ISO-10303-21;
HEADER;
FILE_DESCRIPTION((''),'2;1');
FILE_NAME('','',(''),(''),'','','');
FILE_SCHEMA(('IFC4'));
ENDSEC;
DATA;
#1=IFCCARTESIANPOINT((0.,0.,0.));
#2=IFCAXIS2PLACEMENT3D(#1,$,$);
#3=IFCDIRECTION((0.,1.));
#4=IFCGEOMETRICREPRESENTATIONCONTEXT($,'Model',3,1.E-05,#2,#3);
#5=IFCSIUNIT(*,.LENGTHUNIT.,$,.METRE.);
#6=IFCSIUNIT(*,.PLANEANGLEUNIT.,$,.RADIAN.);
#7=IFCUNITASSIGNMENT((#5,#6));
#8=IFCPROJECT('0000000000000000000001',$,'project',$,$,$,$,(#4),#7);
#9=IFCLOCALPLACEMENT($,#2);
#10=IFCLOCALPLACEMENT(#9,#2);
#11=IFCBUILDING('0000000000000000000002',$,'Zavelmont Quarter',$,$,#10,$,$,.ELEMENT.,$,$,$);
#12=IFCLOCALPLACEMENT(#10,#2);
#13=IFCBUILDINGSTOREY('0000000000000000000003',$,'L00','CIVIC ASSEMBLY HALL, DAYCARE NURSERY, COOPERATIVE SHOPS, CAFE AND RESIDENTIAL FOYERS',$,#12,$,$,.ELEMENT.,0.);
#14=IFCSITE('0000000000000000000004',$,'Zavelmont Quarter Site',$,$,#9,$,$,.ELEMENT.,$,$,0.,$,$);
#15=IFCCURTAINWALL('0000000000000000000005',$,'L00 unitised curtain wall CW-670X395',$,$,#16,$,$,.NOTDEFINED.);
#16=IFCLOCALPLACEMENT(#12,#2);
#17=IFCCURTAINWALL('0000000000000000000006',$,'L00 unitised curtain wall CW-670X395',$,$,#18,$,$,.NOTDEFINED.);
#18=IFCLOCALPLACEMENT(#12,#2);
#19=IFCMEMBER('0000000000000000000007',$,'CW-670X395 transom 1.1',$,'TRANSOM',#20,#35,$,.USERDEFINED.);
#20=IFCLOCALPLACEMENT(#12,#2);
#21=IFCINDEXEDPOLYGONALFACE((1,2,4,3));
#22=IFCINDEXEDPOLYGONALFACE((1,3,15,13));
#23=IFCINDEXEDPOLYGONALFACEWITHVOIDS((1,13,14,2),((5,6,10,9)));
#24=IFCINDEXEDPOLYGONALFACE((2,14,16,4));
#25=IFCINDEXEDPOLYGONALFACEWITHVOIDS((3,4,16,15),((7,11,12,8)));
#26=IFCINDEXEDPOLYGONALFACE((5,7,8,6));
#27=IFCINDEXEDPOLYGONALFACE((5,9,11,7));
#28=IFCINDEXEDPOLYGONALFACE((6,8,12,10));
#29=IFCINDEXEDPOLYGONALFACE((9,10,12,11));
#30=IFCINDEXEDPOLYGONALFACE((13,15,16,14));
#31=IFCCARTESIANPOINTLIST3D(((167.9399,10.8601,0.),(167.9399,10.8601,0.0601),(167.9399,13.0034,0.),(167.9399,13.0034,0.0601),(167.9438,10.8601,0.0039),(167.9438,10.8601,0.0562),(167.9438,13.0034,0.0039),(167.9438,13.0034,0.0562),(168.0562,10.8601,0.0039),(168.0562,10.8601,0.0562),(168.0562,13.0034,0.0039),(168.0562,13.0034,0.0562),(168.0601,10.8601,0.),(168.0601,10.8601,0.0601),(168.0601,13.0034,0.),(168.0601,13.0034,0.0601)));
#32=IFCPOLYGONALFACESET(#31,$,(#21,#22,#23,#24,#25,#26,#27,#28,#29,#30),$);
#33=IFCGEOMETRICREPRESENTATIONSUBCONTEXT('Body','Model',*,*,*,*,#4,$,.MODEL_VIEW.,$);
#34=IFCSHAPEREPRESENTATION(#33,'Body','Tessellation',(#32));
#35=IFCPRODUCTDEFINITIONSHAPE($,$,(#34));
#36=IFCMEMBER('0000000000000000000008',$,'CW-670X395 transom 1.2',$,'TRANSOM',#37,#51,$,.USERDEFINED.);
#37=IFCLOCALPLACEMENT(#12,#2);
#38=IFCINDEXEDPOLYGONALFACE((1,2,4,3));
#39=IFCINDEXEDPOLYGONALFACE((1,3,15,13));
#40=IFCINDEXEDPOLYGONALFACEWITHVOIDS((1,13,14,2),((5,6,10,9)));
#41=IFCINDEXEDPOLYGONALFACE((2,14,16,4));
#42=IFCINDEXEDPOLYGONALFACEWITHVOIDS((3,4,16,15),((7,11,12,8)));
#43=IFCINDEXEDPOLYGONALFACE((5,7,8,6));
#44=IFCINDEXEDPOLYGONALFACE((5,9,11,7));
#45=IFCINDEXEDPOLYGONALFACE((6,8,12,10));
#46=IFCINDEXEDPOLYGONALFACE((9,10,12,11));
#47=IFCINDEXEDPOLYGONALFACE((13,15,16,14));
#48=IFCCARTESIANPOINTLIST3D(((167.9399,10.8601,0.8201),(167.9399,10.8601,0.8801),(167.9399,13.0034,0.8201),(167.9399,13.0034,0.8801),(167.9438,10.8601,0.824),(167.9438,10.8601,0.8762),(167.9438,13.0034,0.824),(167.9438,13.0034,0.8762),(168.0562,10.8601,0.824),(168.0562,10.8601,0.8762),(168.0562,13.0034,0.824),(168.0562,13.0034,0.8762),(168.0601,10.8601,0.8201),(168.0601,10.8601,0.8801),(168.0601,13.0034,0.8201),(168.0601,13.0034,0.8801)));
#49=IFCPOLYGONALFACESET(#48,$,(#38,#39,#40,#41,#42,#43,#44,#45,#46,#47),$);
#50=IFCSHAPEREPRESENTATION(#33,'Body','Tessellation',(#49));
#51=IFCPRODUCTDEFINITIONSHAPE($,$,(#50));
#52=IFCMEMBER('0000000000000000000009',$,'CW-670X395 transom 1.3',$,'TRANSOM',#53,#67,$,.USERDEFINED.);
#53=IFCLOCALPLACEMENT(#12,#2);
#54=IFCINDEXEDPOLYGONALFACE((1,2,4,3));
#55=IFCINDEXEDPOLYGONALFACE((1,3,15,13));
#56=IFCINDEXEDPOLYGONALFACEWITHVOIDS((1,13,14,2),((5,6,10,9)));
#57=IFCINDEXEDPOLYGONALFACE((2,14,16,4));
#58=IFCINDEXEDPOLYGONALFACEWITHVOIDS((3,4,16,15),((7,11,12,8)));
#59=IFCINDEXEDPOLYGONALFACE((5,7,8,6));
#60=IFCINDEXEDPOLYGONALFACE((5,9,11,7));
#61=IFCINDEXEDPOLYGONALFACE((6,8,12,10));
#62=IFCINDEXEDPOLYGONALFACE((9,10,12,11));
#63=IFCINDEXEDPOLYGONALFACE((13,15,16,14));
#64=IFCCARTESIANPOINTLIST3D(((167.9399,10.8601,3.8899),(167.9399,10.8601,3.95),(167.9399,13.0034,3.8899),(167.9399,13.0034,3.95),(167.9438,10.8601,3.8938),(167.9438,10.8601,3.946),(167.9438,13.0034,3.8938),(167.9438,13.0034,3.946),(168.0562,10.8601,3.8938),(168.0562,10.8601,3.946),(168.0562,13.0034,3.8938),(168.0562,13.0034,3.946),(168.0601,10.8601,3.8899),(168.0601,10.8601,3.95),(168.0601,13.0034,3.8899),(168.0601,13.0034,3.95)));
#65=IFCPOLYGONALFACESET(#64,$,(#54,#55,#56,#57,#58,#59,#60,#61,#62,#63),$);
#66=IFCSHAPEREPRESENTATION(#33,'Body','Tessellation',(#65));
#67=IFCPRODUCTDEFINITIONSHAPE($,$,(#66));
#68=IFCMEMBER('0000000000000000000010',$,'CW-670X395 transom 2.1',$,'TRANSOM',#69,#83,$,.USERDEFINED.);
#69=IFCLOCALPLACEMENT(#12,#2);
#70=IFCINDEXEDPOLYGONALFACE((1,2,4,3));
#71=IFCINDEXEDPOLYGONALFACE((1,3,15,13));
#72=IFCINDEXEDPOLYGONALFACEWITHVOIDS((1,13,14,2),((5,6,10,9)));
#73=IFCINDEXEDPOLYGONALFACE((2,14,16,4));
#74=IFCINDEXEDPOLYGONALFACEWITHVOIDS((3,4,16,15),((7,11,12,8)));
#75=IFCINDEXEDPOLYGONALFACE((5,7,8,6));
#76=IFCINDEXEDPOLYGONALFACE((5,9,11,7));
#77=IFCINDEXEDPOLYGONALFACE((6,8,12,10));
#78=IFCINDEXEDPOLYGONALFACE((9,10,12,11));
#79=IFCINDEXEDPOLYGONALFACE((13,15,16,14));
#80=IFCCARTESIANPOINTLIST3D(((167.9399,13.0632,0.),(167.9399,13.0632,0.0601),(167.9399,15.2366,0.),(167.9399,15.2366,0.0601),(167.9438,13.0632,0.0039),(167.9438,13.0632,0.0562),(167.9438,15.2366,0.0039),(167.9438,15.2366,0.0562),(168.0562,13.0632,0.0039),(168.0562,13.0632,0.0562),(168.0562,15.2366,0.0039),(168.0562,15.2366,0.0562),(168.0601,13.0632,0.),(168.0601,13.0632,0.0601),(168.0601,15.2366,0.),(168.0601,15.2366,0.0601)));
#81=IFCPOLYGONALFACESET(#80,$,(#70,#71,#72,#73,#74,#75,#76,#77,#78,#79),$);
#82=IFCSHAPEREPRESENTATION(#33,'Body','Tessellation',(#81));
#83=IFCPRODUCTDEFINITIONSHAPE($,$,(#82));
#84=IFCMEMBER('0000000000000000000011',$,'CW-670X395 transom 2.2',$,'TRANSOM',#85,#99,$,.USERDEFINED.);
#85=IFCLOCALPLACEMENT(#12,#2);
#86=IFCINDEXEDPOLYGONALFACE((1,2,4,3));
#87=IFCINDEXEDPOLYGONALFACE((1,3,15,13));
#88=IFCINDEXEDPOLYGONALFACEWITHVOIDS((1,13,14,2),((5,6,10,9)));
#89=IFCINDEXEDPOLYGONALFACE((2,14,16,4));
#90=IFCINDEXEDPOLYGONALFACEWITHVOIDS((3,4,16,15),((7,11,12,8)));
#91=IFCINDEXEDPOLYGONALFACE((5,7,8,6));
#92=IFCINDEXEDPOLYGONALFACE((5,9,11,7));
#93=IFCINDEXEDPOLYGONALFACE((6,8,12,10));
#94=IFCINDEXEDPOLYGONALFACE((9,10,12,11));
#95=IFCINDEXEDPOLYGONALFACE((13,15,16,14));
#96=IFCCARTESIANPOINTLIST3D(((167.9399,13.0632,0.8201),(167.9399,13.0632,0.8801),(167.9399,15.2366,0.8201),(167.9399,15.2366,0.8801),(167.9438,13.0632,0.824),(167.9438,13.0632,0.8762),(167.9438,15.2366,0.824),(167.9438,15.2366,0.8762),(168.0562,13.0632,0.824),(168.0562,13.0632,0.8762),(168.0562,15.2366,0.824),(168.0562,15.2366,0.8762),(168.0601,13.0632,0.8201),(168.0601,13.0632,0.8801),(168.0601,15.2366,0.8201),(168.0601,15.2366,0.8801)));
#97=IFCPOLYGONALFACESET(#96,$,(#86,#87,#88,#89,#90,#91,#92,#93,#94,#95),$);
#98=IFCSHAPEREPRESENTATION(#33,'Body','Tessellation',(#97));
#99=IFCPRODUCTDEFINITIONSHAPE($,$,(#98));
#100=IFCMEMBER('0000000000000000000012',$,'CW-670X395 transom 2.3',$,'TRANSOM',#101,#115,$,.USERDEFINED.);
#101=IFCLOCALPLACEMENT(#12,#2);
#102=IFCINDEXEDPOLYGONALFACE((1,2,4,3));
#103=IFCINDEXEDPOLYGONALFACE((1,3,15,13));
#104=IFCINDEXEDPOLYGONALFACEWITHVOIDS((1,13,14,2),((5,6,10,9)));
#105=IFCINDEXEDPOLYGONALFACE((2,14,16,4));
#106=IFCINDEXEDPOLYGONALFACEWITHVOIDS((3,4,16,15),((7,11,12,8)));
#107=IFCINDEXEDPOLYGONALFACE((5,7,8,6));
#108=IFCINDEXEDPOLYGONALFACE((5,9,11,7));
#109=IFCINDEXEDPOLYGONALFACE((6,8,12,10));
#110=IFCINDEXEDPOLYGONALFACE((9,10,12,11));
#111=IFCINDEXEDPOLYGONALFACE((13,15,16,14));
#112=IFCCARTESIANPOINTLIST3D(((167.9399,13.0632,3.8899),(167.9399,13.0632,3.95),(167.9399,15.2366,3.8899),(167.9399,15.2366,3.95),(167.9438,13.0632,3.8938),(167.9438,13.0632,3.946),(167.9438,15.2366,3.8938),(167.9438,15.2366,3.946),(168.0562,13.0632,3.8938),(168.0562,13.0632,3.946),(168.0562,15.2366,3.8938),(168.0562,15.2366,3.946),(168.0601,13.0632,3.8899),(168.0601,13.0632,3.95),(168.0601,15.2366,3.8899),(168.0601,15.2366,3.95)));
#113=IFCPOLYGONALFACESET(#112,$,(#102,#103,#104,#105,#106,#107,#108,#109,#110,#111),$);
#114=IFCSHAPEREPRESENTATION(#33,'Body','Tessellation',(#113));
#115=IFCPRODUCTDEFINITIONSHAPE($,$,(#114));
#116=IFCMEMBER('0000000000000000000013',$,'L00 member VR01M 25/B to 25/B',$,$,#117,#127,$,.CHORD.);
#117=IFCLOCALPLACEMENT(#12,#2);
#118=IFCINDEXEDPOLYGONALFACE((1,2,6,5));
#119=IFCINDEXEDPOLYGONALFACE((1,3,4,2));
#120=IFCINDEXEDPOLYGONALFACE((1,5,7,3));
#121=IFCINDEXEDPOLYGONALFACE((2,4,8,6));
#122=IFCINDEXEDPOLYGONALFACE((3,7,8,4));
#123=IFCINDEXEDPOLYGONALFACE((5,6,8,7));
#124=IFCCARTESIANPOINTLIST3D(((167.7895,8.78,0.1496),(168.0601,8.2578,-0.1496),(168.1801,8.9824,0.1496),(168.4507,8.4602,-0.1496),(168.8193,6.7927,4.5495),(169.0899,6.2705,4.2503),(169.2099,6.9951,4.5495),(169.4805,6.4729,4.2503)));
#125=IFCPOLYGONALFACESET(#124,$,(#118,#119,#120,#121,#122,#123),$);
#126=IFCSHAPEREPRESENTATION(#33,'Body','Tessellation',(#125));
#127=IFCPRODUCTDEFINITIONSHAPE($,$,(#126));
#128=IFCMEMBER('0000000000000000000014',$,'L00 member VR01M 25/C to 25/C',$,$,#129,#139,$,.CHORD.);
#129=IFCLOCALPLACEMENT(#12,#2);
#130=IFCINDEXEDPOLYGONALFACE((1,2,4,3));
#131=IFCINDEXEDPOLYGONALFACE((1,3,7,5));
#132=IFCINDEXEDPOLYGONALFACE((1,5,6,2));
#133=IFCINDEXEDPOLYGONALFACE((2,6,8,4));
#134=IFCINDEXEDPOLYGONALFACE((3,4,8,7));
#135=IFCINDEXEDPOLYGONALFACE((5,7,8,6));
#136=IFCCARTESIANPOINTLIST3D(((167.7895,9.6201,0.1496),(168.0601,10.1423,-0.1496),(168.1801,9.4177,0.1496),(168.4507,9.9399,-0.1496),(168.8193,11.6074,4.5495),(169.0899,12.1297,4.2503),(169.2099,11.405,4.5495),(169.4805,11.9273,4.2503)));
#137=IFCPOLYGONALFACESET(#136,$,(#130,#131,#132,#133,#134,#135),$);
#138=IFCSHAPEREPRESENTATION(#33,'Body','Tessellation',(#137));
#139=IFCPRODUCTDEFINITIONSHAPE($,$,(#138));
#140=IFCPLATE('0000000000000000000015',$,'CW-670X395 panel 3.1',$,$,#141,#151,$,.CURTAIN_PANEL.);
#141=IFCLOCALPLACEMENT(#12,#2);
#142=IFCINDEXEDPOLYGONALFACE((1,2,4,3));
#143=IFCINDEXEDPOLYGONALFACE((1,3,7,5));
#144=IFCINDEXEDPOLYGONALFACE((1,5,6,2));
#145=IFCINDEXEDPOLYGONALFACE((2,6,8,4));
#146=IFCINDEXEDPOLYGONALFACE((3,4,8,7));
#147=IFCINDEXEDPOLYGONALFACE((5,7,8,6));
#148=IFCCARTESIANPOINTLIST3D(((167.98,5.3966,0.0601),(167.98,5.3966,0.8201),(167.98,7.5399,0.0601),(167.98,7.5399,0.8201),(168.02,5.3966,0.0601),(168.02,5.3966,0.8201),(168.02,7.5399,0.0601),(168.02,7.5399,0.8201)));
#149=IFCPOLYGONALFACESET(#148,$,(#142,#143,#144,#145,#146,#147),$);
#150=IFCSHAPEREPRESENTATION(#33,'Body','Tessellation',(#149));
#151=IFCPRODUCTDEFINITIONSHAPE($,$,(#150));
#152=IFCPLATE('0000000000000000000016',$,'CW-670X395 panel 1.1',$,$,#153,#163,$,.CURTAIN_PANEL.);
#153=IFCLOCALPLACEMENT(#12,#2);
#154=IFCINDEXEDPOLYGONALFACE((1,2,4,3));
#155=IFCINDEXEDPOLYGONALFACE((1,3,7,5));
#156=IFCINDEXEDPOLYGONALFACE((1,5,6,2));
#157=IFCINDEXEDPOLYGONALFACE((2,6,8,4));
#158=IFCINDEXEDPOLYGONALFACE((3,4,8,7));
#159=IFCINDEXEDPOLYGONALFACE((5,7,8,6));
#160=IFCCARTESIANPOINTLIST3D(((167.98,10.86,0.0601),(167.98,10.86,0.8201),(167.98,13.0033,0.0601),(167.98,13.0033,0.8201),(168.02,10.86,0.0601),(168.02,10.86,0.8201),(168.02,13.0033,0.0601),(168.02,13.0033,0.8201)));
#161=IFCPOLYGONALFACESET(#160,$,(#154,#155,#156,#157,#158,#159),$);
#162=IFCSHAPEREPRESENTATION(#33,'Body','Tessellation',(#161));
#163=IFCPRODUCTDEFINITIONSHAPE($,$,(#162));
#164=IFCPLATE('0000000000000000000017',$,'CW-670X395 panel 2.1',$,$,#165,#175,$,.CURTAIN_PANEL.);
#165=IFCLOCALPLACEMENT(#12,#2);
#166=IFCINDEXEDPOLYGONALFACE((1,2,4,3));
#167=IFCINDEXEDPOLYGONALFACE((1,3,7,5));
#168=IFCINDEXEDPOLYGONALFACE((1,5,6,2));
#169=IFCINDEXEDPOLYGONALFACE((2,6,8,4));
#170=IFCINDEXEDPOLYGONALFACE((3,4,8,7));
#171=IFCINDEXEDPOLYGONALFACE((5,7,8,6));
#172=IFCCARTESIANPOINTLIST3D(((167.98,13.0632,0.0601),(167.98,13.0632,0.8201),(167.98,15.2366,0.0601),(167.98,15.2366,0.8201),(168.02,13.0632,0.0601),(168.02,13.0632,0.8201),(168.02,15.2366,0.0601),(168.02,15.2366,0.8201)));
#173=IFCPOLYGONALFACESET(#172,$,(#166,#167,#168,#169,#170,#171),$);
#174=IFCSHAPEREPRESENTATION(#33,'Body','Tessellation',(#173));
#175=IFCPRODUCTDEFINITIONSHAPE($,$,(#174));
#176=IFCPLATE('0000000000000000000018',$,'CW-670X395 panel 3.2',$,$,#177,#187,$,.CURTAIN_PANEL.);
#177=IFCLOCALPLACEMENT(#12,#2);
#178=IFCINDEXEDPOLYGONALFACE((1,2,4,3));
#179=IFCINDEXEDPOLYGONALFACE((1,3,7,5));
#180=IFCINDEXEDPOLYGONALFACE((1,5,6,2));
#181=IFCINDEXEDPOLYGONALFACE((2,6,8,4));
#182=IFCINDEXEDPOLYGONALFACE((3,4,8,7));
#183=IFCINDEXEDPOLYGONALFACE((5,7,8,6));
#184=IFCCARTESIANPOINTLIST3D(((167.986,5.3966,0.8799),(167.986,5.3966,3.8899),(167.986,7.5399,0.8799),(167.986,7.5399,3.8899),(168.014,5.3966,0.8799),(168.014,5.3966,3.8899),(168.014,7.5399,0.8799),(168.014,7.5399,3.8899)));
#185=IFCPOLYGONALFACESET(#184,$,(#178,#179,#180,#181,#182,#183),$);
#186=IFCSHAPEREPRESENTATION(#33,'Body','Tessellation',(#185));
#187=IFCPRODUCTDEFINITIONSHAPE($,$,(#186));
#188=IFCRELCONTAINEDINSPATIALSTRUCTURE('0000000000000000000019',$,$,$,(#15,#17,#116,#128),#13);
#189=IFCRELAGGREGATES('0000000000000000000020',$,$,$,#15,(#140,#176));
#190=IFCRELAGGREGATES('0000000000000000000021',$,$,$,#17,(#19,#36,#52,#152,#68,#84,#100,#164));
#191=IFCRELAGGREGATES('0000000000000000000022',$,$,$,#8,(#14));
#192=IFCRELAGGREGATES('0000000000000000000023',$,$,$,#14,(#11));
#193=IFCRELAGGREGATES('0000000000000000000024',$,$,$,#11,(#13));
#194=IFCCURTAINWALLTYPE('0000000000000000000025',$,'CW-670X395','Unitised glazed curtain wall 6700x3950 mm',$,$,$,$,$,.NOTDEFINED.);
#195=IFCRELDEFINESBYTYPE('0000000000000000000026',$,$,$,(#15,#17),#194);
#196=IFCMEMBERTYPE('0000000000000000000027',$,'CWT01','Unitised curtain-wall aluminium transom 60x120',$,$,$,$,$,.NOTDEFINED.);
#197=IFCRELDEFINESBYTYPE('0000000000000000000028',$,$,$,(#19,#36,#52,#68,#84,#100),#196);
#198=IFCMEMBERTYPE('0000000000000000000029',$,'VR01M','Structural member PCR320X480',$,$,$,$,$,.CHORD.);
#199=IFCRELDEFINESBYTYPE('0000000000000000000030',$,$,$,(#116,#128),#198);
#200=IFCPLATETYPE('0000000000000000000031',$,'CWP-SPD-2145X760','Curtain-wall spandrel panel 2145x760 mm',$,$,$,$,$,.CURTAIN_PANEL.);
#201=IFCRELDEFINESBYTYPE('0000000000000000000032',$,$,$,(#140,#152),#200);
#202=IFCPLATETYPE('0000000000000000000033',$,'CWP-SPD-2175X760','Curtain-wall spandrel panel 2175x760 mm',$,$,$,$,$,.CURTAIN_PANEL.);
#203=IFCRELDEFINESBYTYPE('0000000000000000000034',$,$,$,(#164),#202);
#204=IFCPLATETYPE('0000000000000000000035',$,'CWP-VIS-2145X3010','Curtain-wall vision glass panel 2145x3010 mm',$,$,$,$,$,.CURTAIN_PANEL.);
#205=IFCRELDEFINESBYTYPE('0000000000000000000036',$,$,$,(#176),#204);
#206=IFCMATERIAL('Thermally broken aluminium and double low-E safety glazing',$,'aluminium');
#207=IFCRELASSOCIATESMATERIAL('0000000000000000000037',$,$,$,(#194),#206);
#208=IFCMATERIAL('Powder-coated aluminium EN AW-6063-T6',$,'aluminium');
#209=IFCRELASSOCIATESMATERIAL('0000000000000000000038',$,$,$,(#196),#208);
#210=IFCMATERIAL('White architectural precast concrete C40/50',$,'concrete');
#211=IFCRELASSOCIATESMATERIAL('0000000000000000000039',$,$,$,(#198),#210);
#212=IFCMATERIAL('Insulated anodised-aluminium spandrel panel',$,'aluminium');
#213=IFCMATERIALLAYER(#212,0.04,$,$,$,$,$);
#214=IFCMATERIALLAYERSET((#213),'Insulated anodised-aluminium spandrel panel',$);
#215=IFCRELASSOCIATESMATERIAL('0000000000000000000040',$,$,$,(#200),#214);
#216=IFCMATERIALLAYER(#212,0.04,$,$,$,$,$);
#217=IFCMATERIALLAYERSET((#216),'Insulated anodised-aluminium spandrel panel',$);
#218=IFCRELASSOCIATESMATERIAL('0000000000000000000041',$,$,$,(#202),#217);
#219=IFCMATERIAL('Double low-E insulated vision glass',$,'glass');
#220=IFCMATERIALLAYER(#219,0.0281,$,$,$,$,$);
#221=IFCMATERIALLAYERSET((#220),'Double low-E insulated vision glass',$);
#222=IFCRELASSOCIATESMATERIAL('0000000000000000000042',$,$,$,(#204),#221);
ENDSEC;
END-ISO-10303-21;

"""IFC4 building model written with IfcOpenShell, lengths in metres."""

from ifc_helpers import new_model, si_unit, direction, frame, origin, origin_2d, place, context, subcontext, project, spatial, rectangle, hollow_rectangle, extrude, material, layer, layer_set, material_profile, profile_set, type_object, element, aggregate, save


model = new_model("IFC4")

# Units and contexts
model_context = context("Model", 3, precision=1e-05, world=origin(), true_north=direction((0.0, 1.0)))
body_context = subcontext(model_context, "Body", "Model", "MODEL_VIEW")
ifc_project = project(units=[si_unit("LENGTHUNIT", "METRE"), si_unit("PLANEANGLEUNIT", "RADIAN")], contexts=[model_context])

# Site, building, storey
site_placement = place(None, origin())
site = spatial("IfcSite", under=ifc_project, at=site_placement, Name="Zavelmont Quarter Site", CompositionType="ELEMENT", RefElevation=0.0)
building_placement = place(site_placement, origin())
building = spatial("IfcBuilding", under=site, at=building_placement, Name="Zavelmont Quarter", CompositionType="ELEMENT")
storey_placement = place(building_placement, origin())
storey = spatial("IfcBuildingStorey", under=building, at=storey_placement, Name="L00", Description="CIVIC ASSEMBLY HALL, DAYCARE NURSERY, COOPERATIVE SHOPS, CAFE AND RESIDENTIAL FOYERS", CompositionType="ELEMENT", Elevation=0.0)

# Curtain walls
ifc_material_1 = material(Name="Thermally broken aluminium and double low-E safety glazing", Category="aluminium")
curtain_wall_type = type_object("IfcCurtainWallType", Name="CW-670X395", Description="Unitised glazed curtain wall 6700x3950 mm", PredefinedType="NOTDEFINED", material=ifc_material_1)
curtain_wall_1_placement = place(storey_placement, origin())
curtain_wall_1 = element("IfcCurtainWall", 1, at=curtain_wall_1_placement, inside=storey, type_object=curtain_wall_type, Name="L00 unitised curtain wall CW-670X395", PredefinedType="NOTDEFINED")
ifc_material_2 = material(Name="Powder-coated aluminium EN AW-6063-T6", Category="aluminium")
curtain_wall_2_placement = place(storey_placement, origin())
curtain_wall_2 = element("IfcCurtainWall", 2, at=curtain_wall_2_placement, inside=storey, type_object=curtain_wall_type, Name="L00 unitised curtain wall CW-670X395", PredefinedType="NOTDEFINED")

# Members
ifc_material_profile_1 = material_profile(ifc_material_2, hollow_rectangle(XDim=0.1201, YDim=0.0601, WallThickness=0.0039, at=origin_2d()), Name="CWT60X120")
ifc_profile_set_1 = profile_set([ifc_material_profile_1], Name="Powder-coated aluminium EN AW-6063-T6")
member_type_1 = type_object("IfcMemberType", Name="CWT01", Description="Unitised curtain-wall aluminium transom 60x120", PredefinedType="NOTDEFINED", material=ifc_profile_set_1)
member_1_placement = place(storey_placement, frame((168.0, 10.8601, 0.03), z_axis=(0.0, 1.0, 0.0), x_axis=(-1.0, 0.0, 0.0)))
member_1 = element("IfcMember", 3, at=member_1_placement, type_object=member_type_1, Name="CW-670X395 transom 1.1", ObjectType="TRANSOM", PredefinedType="USERDEFINED", context=body_context, shape_type="SweptSolid", body=[
    extrude(hollow_rectangle(XDim=0.1201, YDim=0.0601, WallThickness=0.0039, at=origin_2d()), origin(), (0.0, 0.0, 1.0), 2.1433),
])
member_2_placement = place(storey_placement, frame((168.0, 10.8601, 0.8501), z_axis=(0.0, 1.0, 0.0), x_axis=(-1.0, 0.0, 0.0)))
member_2 = element("IfcMember", 4, at=member_2_placement, type_object=member_type_1, Name="CW-670X395 transom 1.2", ObjectType="TRANSOM", PredefinedType="USERDEFINED", context=body_context, shape_type="SweptSolid", body=[
    extrude(hollow_rectangle(XDim=0.1201, YDim=0.0601, WallThickness=0.0039, at=origin_2d()), origin(), (0.0, 0.0, 1.0), 2.1433),
])
member_3_placement = place(storey_placement, frame((168.0, 10.8601, 3.9199), z_axis=(0.0, 1.0, 0.0), x_axis=(-1.0, 0.0, 0.0)))
member_3 = element("IfcMember", 5, at=member_3_placement, type_object=member_type_1, Name="CW-670X395 transom 1.3", ObjectType="TRANSOM", PredefinedType="USERDEFINED", context=body_context, shape_type="SweptSolid", body=[
    extrude(hollow_rectangle(XDim=0.1201, YDim=0.0601, WallThickness=0.0039, at=origin_2d()), origin(), (0.0, 0.0, 1.0), 2.1433),
])
member_4_placement = place(storey_placement, frame((168.0, 13.0632, 0.03), z_axis=(0.0, 1.0, 0.0), x_axis=(-1.0, 0.0, 0.0)))
member_4 = element("IfcMember", 6, at=member_4_placement, type_object=member_type_1, Name="CW-670X395 transom 2.1", ObjectType="TRANSOM", PredefinedType="USERDEFINED", context=body_context, shape_type="SweptSolid", body=[
    extrude(hollow_rectangle(XDim=0.1201, YDim=0.0601, WallThickness=0.0039, at=origin_2d()), origin(), (0.0, 0.0, 1.0), 2.1733),
])
member_5_placement = place(storey_placement, frame((168.0, 13.0632, 0.8501), z_axis=(0.0, 1.0, 0.0), x_axis=(-1.0, 0.0, 0.0)))
member_5 = element("IfcMember", 7, at=member_5_placement, type_object=member_type_1, Name="CW-670X395 transom 2.2", ObjectType="TRANSOM", PredefinedType="USERDEFINED", context=body_context, shape_type="SweptSolid", body=[
    extrude(hollow_rectangle(XDim=0.1201, YDim=0.0601, WallThickness=0.0039, at=origin_2d()), origin(), (0.0, 0.0, 1.0), 2.1733),
])
member_6_placement = place(storey_placement, frame((168.0, 13.0632, 3.9199), z_axis=(0.0, 1.0, 0.0), x_axis=(-1.0, 0.0, 0.0)))
member_6 = element("IfcMember", 8, at=member_6_placement, type_object=member_type_1, Name="CW-670X395 transom 2.3", ObjectType="TRANSOM", PredefinedType="USERDEFINED", context=body_context, shape_type="SweptSolid", body=[
    extrude(hollow_rectangle(XDim=0.1201, YDim=0.0601, WallThickness=0.0039, at=origin_2d()), origin(), (0.0, 0.0, 1.0), 2.1733),
])

# Members
ifc_material_3 = material(Name="White architectural precast concrete C40/50", Category="concrete")
ifc_material_profile_2 = material_profile(ifc_material_3, rectangle(XDim=0.4399, YDim=0.6599, at=origin_2d()), Name="PCR320X480")
ifc_profile_set_2 = profile_set([ifc_material_profile_2], Name="White architectural precast concrete C40/50")
member_type_2 = type_object("IfcMemberType", Name="VR01M", Description="Structural member PCR320X480", PredefinedType="CHORD", material=ifc_profile_set_2)
for number, where, z_axis, x_axis, name in (
    (9, (168.1201, 8.6201, 0.0), (0.208607, -0.402574, 0.891301), (0.887877, 0.460082, 0.0), "L00 member VR01M 25/B to 25/B"),
    (10, (168.1201, 9.78, 0.0), (0.208607, 0.402574, 0.891301), (-0.887877, 0.460082, 0.0), "L00 member VR01M 25/C to 25/C"),
):
    element("IfcMember", number, at=place(storey_placement, frame(where, z_axis=z_axis, x_axis=x_axis)), inside=storey, type_object=member_type_2, Name=name, PredefinedType="CHORD", context=body_context, shape_type="SweptSolid", body=[
        extrude(rectangle(XDim=0.4399, YDim=0.6599, at=origin_2d()), origin(), (0.0, 0.0, 1.0), 4.9365),
    ])

# Plates
ifc_material_4 = material(Name="Insulated anodised-aluminium spandrel panel", Category="aluminium")
ifc_layer_1 = layer(ifc_material_4, 0.04)
ifc_layer_set_1 = layer_set([ifc_layer_1], Name="Insulated anodised-aluminium spandrel panel")
plate_type_1 = type_object("IfcPlateType", Name="CWP-SPD-2145X760", Description="Curtain-wall spandrel panel 2145x760 mm", PredefinedType="CURTAIN_PANEL", material=ifc_layer_set_1)
plate_1_placement = place(storey_placement, frame((168.0, 6.4683, 0.0601), z_axis=(0.0, 0.0, 1.0), x_axis=(0.0, 1.0, 0.0)))
plate_1 = element("IfcPlate", 11, at=plate_1_placement, type_object=plate_type_1, Name="CW-670X395 panel 3.1", PredefinedType="CURTAIN_PANEL", context=body_context, shape_type="SweptSolid", body=[
    extrude(rectangle(XDim=2.1433, YDim=0.04, at=origin_2d()), origin(), (0.0, 0.0, 1.0), 0.76),
])
plate_2_placement = place(storey_placement, frame((168.0, 11.9316, 0.0601), z_axis=(0.0, 0.0, 1.0), x_axis=(0.0, 1.0, 0.0)))
plate_2 = element("IfcPlate", 12, at=plate_2_placement, type_object=plate_type_1, Name="CW-670X395 panel 1.1", PredefinedType="CURTAIN_PANEL", context=body_context, shape_type="SweptSolid", body=[
    extrude(rectangle(XDim=2.1433, YDim=0.04, at=origin_2d()), origin(), (0.0, 0.0, 1.0), 0.76),
])
ifc_layer_2 = layer(ifc_material_4, 0.04)
ifc_layer_set_2 = layer_set([ifc_layer_2], Name="Insulated anodised-aluminium spandrel panel")
plate_type_2 = type_object("IfcPlateType", Name="CWP-SPD-2175X760", Description="Curtain-wall spandrel panel 2175x760 mm", PredefinedType="CURTAIN_PANEL", material=ifc_layer_set_2)
plate_3_placement = place(storey_placement, frame((168.0, 14.1499, 0.0601), z_axis=(0.0, 0.0, 1.0), x_axis=(0.0, 1.0, 0.0)))
plate_3 = element("IfcPlate", 13, at=plate_3_placement, type_object=plate_type_2, Name="CW-670X395 panel 2.1", PredefinedType="CURTAIN_PANEL", context=body_context, shape_type="SweptSolid", body=[
    extrude(rectangle(XDim=2.1733, YDim=0.04, at=origin_2d()), origin(), (0.0, 0.0, 1.0), 0.76),
])
ifc_material_5 = material(Name="Double low-E insulated vision glass", Category="glass")
ifc_layer_3 = layer(ifc_material_5, 0.0281)
ifc_layer_set_3 = layer_set([ifc_layer_3], Name="Double low-E insulated vision glass")
plate_type_3 = type_object("IfcPlateType", Name="CWP-VIS-2145X3010", Description="Curtain-wall vision glass panel 2145x3010 mm", PredefinedType="CURTAIN_PANEL", material=ifc_layer_set_3)
plate_4_placement = place(storey_placement, frame((168.0, 6.4683, 0.8799), z_axis=(0.0, 0.0, 1.0), x_axis=(0.0, 1.0, 0.0)))
plate_4 = element("IfcPlate", 14, at=plate_4_placement, type_object=plate_type_3, Name="CW-670X395 panel 3.2", PredefinedType="CURTAIN_PANEL", context=body_context, shape_type="SweptSolid", body=[
    extrude(rectangle(XDim=2.1433, YDim=0.0281, at=origin_2d()), origin(), (0.0, 0.0, 1.0), 3.01),
])
aggregate(curtain_wall_1, [plate_1, plate_4])
aggregate(curtain_wall_2, [member_1, member_2, member_3, plate_2, member_4, member_5, member_6, plate_3])

save(model, "model.ifc")
